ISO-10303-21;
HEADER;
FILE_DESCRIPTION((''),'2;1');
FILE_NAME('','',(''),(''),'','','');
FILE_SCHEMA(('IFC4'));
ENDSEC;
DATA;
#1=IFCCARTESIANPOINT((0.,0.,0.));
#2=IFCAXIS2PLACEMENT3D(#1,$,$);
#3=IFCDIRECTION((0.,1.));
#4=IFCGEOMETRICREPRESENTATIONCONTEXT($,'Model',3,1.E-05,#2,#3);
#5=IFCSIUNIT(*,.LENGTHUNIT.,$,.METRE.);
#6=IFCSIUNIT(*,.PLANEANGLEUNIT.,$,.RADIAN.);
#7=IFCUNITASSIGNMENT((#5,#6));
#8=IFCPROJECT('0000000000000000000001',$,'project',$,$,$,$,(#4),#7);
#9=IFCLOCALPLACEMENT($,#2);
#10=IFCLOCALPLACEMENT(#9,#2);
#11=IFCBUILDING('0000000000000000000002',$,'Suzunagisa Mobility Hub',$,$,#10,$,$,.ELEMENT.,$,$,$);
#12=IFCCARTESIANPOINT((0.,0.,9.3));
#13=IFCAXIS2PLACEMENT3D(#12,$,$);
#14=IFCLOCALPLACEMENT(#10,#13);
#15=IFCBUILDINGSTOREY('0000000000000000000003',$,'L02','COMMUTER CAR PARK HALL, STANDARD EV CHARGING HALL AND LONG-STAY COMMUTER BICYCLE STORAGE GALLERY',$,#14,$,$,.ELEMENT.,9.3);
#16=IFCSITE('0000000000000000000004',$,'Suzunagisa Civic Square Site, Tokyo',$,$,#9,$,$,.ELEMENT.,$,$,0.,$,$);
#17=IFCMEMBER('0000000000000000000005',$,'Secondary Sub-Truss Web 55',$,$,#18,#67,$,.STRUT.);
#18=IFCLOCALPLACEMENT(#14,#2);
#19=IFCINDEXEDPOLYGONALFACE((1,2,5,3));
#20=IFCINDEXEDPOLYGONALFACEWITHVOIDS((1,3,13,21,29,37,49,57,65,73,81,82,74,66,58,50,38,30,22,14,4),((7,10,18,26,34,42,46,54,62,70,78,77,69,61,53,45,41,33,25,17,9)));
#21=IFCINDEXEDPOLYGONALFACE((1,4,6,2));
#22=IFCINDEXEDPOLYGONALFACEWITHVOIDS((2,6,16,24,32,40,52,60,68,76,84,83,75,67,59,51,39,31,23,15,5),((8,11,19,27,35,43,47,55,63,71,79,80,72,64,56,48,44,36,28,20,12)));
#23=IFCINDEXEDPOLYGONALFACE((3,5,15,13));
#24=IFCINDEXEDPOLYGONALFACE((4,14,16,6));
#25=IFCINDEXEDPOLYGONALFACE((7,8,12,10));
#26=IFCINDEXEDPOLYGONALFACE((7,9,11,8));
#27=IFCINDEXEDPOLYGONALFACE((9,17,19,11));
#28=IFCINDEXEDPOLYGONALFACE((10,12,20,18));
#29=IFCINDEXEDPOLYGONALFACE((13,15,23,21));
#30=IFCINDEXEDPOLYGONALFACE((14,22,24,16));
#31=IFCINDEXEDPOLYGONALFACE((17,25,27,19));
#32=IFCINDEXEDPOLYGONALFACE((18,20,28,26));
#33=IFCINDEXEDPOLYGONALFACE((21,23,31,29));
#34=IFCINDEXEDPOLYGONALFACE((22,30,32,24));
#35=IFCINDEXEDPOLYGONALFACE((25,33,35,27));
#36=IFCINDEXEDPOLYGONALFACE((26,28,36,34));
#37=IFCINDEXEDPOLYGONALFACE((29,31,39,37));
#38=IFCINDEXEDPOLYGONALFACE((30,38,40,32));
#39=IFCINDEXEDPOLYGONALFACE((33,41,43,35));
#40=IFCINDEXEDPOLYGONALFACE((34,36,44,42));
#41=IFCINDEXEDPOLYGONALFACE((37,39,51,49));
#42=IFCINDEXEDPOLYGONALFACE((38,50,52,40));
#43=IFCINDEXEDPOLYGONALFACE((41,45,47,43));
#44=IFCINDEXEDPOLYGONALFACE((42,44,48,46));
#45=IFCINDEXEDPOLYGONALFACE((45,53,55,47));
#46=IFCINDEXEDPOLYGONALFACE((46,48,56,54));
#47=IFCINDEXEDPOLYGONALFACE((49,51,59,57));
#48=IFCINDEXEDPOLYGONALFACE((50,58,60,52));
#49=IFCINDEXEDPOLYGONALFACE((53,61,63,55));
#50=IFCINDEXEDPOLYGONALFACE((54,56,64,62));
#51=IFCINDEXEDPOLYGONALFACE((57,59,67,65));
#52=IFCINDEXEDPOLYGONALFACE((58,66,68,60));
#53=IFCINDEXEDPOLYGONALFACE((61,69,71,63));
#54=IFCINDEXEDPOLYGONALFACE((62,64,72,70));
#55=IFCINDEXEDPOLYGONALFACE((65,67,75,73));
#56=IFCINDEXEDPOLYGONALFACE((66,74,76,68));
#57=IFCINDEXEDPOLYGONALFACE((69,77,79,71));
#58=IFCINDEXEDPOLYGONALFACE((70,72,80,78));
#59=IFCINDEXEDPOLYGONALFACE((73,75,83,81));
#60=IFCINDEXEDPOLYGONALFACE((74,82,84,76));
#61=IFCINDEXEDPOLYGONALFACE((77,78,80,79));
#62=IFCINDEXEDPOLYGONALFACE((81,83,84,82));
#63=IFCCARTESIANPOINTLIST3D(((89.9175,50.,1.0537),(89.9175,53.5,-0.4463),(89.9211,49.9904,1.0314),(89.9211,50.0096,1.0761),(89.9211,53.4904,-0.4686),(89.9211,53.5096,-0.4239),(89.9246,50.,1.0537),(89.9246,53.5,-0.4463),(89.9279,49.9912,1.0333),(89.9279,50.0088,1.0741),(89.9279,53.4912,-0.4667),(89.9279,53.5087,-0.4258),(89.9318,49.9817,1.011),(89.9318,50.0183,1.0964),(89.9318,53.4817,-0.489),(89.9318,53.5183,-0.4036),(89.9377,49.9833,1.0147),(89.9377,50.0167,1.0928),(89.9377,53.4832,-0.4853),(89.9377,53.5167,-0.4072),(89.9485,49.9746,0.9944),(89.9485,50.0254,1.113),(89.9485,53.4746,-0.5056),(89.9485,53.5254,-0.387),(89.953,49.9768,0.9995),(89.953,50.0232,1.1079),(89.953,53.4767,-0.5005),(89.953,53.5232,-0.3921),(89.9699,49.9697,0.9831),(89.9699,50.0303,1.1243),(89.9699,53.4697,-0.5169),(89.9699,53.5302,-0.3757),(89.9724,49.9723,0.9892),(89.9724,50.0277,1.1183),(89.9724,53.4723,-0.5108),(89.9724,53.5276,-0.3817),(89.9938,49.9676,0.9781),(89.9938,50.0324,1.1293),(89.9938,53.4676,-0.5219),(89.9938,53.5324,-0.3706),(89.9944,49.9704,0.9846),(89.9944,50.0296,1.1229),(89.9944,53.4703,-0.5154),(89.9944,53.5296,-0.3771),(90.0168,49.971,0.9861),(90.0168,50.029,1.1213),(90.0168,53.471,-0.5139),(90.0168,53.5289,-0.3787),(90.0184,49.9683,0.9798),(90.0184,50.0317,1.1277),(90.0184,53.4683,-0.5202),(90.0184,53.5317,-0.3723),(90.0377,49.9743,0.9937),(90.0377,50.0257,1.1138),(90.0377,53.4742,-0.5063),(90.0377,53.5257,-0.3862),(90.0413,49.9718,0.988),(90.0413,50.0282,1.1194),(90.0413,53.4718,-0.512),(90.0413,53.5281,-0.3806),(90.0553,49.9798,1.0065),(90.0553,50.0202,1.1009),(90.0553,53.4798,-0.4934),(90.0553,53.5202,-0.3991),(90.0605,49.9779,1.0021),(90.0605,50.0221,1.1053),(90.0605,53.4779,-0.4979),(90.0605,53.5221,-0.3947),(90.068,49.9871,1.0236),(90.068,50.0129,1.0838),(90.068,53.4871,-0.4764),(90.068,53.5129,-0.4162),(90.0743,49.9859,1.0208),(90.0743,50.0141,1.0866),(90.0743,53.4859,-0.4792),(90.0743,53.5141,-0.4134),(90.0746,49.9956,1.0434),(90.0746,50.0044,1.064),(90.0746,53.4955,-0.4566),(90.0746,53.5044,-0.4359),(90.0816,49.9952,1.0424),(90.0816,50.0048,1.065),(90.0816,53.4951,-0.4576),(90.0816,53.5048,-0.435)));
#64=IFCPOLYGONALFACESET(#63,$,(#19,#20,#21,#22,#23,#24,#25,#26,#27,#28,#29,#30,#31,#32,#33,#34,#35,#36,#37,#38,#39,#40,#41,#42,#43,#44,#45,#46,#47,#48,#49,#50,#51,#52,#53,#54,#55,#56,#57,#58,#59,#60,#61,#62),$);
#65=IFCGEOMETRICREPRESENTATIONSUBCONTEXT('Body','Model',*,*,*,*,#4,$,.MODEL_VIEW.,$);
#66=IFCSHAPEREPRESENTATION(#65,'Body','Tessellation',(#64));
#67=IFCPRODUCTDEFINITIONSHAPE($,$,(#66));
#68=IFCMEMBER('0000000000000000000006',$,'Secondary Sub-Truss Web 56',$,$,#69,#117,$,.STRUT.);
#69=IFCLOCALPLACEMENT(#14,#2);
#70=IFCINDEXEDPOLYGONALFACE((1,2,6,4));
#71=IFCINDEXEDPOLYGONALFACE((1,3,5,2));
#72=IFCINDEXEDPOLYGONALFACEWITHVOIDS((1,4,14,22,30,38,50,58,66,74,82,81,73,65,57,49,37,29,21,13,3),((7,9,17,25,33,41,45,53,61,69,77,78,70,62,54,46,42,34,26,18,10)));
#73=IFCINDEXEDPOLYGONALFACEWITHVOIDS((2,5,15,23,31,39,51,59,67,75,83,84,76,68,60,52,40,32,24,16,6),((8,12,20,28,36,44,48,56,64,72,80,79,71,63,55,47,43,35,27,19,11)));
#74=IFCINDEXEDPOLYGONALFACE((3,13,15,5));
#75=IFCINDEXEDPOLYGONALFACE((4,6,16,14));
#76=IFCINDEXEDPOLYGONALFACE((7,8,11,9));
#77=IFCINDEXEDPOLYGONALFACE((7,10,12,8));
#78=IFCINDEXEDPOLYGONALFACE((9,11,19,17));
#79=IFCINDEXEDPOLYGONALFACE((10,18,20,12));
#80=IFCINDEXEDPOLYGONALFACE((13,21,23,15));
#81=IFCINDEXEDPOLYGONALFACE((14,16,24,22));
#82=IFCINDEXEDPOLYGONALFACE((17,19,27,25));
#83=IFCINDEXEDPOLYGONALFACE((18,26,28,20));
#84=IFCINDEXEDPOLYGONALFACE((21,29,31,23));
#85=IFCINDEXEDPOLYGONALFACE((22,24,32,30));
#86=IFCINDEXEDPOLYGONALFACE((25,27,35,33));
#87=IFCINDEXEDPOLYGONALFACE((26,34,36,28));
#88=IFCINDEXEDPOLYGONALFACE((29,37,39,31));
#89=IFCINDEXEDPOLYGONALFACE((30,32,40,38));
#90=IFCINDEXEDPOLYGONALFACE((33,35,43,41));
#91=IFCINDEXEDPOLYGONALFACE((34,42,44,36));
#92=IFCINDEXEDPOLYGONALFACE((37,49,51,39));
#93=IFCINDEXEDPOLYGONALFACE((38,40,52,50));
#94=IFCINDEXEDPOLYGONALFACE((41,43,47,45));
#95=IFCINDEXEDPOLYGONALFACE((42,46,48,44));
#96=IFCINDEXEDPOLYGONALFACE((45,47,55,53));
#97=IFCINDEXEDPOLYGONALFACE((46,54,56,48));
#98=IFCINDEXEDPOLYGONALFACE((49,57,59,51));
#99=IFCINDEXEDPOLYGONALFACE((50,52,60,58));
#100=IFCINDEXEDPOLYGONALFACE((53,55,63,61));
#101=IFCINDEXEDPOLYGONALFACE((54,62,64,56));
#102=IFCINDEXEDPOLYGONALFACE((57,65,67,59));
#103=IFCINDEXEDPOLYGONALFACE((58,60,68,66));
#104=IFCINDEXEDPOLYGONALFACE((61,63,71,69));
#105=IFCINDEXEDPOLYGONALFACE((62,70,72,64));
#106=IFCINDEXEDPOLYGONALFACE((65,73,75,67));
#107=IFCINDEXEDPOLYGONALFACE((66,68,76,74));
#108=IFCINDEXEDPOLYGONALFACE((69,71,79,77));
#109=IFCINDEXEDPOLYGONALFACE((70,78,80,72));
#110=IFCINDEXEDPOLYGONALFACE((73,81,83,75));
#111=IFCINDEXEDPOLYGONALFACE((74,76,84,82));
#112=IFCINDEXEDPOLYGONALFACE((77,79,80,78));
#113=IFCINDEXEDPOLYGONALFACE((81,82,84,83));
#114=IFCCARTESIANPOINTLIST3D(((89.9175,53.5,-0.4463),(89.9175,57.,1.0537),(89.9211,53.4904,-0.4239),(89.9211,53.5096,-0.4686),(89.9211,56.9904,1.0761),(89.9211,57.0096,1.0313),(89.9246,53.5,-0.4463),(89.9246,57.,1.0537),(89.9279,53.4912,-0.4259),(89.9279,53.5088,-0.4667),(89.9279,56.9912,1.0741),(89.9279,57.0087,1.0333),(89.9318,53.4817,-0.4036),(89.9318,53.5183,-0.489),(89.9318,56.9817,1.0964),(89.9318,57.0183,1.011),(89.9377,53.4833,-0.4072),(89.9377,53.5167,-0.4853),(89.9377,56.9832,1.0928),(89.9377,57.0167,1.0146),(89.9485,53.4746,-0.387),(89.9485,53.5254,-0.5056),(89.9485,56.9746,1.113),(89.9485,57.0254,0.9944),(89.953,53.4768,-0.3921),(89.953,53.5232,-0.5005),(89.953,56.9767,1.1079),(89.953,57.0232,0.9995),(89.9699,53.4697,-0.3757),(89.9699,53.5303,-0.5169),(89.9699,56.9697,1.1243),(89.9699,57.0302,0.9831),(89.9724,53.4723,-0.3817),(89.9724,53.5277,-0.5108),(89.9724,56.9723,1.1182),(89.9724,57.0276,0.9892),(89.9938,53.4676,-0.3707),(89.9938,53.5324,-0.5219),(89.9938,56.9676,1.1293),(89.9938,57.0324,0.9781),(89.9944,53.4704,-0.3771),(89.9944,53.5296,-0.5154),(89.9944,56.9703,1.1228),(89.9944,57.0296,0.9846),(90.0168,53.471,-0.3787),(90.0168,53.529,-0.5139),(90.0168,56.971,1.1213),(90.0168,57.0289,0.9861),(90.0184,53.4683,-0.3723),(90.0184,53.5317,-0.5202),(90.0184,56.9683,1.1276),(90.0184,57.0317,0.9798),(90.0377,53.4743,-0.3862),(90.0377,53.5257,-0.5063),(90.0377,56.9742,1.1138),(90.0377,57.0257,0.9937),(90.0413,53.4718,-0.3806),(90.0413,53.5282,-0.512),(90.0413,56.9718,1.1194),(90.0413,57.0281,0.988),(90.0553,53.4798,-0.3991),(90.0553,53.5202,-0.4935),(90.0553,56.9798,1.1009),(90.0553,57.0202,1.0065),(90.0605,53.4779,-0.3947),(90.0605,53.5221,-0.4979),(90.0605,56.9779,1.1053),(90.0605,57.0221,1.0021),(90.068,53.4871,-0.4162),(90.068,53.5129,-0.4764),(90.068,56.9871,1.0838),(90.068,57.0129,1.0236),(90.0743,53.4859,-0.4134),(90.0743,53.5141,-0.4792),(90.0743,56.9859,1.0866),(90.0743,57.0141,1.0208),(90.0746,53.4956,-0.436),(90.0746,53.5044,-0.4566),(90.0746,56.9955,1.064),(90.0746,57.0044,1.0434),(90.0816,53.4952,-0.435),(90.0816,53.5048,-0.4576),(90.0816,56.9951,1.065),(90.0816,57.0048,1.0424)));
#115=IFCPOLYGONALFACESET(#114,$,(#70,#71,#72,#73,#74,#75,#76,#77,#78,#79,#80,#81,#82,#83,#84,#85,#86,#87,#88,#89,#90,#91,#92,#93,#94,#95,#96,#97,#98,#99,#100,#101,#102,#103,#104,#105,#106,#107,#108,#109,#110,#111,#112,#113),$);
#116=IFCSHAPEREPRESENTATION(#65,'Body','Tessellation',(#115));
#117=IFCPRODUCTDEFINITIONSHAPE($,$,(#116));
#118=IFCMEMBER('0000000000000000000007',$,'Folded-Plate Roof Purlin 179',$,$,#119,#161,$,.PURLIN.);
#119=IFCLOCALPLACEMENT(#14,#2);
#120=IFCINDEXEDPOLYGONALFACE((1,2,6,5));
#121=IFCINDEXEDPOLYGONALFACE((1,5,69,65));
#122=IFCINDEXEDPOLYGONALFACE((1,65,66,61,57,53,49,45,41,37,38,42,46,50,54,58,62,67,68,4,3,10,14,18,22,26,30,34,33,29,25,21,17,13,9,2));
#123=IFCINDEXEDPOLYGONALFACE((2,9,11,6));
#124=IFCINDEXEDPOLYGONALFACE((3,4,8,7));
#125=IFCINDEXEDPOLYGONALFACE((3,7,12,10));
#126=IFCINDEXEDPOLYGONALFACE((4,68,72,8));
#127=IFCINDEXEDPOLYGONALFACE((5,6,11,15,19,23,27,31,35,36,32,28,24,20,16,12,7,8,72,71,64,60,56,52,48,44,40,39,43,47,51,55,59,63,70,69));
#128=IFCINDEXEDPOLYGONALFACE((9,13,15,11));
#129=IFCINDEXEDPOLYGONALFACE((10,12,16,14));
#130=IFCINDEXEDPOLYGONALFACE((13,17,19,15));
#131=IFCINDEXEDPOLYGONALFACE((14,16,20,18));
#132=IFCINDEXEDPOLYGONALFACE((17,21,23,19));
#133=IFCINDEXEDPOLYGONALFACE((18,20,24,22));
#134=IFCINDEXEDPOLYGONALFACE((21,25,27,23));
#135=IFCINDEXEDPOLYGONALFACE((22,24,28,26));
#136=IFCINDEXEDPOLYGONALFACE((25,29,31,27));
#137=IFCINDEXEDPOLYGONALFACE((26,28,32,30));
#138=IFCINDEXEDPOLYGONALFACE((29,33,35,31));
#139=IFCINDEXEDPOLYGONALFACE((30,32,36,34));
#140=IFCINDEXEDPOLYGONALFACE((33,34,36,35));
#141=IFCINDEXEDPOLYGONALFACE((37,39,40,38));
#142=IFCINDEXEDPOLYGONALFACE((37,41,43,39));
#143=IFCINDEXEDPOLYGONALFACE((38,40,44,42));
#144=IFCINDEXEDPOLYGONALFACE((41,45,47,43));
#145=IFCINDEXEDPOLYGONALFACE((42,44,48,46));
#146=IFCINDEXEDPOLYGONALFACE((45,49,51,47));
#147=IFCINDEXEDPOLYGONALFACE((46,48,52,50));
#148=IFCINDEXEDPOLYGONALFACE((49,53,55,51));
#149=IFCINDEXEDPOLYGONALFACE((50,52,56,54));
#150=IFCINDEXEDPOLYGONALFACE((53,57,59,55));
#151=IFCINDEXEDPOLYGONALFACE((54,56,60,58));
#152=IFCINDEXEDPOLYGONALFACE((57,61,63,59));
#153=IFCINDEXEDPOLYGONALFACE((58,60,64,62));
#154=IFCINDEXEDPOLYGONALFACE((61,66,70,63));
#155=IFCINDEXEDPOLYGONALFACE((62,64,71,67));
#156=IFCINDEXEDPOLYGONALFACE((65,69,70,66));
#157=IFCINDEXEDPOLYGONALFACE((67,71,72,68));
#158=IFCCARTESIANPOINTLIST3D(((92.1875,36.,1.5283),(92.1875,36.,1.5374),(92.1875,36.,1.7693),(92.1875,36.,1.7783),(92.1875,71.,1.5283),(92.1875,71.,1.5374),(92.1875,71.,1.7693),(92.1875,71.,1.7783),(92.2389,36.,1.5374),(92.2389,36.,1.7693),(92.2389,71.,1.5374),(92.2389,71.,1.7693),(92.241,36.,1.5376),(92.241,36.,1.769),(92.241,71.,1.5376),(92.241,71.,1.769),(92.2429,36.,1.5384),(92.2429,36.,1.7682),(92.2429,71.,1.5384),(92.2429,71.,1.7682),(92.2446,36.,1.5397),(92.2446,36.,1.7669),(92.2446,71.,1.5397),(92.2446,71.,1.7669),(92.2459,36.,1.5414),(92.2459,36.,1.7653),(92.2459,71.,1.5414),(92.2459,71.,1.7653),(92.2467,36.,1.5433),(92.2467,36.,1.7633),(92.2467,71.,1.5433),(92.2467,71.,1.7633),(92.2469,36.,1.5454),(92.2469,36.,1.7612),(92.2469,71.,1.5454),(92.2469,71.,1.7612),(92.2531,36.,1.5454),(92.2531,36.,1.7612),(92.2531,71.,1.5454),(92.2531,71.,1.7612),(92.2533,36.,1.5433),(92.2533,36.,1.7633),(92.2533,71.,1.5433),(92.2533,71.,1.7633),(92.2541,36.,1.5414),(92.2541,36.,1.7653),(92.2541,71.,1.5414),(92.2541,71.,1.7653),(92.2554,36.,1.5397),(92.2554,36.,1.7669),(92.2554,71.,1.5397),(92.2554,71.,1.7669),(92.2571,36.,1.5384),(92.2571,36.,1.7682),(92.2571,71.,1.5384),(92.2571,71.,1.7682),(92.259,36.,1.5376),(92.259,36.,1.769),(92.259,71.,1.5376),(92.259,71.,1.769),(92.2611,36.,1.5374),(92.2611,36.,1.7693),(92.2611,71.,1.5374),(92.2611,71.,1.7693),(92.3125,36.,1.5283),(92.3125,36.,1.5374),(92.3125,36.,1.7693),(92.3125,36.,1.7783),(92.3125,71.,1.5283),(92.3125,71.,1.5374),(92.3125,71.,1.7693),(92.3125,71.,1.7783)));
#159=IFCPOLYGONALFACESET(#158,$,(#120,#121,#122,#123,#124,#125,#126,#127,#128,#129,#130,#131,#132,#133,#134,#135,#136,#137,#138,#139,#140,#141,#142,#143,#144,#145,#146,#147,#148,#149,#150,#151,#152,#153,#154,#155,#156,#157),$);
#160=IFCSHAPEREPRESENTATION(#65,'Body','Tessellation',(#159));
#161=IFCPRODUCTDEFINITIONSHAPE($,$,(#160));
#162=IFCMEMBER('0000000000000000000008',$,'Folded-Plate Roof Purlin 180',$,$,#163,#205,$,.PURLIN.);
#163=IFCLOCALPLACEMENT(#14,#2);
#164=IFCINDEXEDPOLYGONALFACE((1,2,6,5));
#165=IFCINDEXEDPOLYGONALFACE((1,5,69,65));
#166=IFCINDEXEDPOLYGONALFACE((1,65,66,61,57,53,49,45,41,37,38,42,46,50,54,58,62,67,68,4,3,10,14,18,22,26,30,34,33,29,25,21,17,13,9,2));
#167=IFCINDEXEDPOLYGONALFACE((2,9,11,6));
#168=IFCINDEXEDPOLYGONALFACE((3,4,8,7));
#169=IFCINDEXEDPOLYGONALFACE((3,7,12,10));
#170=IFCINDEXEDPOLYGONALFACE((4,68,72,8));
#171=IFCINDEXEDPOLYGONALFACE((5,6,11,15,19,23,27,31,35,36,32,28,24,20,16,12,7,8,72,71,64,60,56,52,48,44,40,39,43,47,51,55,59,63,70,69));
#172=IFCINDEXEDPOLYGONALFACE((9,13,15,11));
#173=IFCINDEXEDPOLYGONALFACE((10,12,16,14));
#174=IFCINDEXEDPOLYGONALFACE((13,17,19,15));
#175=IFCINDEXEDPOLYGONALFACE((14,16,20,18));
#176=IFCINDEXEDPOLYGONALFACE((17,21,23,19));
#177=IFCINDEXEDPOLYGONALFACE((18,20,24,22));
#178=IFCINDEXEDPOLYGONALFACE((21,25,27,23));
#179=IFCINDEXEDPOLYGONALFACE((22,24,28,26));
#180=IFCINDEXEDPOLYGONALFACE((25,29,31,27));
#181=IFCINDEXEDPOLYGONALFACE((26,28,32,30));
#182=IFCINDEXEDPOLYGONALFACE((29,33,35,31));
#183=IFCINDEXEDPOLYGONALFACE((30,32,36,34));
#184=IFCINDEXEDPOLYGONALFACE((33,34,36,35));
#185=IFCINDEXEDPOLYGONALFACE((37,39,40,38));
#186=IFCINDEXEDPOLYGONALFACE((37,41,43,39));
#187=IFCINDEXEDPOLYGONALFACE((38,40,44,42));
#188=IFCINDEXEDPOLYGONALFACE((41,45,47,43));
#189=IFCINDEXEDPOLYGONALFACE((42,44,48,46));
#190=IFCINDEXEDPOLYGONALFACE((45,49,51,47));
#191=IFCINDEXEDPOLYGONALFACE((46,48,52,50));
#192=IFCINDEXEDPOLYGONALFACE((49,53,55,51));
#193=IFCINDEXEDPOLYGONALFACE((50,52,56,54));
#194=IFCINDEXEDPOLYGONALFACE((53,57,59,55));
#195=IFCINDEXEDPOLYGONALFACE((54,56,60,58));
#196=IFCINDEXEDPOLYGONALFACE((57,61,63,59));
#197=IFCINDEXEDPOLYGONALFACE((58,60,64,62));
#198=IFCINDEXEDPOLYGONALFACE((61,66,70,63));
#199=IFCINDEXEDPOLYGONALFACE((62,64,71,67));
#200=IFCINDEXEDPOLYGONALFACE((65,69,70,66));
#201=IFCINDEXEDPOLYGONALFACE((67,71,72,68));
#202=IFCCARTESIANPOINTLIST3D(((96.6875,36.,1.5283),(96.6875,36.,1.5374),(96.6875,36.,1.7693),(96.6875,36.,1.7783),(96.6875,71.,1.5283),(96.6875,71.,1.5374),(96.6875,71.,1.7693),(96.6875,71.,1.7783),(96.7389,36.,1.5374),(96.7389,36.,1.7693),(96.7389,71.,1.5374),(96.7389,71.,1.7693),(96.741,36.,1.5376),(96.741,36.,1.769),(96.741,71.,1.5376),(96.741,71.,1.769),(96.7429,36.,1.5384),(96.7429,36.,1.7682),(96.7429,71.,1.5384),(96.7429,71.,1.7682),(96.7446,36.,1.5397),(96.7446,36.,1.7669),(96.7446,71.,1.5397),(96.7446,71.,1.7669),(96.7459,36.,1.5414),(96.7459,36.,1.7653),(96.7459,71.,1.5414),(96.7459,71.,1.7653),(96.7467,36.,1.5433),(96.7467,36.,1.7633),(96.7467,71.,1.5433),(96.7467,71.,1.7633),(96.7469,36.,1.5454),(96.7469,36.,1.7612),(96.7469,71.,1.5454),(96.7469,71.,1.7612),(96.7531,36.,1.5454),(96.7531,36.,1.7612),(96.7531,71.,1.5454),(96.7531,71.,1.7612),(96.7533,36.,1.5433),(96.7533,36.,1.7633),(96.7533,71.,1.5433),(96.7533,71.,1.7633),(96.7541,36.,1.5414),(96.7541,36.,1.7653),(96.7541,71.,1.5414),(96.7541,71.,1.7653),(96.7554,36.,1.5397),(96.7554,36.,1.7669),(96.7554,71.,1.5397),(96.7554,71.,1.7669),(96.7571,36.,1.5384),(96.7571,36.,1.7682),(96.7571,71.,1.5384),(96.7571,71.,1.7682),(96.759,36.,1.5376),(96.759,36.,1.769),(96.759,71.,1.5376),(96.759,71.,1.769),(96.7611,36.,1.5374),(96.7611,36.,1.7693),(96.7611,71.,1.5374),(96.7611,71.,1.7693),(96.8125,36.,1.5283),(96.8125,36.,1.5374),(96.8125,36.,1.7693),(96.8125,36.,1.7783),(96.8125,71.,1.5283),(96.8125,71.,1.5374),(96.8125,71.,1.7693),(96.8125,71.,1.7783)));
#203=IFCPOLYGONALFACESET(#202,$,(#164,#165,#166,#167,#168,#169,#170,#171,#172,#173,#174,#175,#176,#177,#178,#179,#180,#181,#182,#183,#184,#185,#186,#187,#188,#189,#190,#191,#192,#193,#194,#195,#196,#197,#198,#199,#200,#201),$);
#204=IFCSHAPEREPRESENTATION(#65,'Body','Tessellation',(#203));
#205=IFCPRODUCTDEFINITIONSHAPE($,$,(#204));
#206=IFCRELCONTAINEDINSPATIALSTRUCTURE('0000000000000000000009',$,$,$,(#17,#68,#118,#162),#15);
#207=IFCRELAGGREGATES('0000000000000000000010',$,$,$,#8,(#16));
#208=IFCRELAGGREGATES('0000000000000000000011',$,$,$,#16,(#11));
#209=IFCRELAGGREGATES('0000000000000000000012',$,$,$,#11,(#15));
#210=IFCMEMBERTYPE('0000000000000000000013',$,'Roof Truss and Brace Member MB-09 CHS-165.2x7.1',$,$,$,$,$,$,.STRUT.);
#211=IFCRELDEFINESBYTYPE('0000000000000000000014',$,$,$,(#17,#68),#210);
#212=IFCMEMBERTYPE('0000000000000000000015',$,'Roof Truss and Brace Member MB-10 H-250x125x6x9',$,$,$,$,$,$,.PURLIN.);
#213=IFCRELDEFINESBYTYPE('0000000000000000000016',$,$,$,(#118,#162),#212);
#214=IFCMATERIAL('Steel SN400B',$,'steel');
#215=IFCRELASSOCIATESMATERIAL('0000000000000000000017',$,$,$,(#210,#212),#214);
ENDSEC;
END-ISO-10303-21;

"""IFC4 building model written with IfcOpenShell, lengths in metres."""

from ifc_helpers import new_model, si_unit, direction, frame, origin, origin_2d, place, context, subcontext, project, spatial, hollow_circle, i_section, extrude, material, material_profile, profile_set, type_object, element, save


model = new_model("IFC4")

# Units and contexts
model_context = context("Model", 3, precision=1e-05, world=origin(), true_north=direction((0.0, 1.0)))
body_context = subcontext(model_context, "Body", "Model", "MODEL_VIEW")
ifc_project = project(units=[si_unit("LENGTHUNIT", "METRE"), si_unit("PLANEANGLEUNIT", "RADIAN")], contexts=[model_context])

# Site, building, storey
site_placement = place(None, origin())
site = spatial("IfcSite", under=ifc_project, at=site_placement, Name="Suzunagisa Civic Square Site, Tokyo", CompositionType="ELEMENT", RefElevation=0.0)
building_placement = place(site_placement, origin())
building = spatial("IfcBuilding", under=site, at=building_placement, Name="Suzunagisa Mobility Hub", CompositionType="ELEMENT")
storey_placement = place(building_placement, frame((0.0, 0.0, 9.3)))
storey = spatial("IfcBuildingStorey", under=building, at=storey_placement, Name="L02", Description="COMMUTER CAR PARK HALL, STANDARD EV CHARGING HALL AND LONG-STAY COMMUTER BICYCLE STORAGE GALLERY", CompositionType="ELEMENT", Elevation=9.3)

# Members
ifc_material_1 = material(Name="Steel SN400B", Category="steel")
ifc_material_profile_1 = material_profile(ifc_material_1, hollow_circle(Radius=0.0825, WallThickness=0.0071, at=origin_2d()), Name="CHS-165.2x7.1")
ifc_profile_set_1 = profile_set([ifc_material_profile_1], Name="Steel SN400B")
member_type_1 = type_object("IfcMemberType", Name="Roof Truss and Brace Member MB-09 CHS-165.2x7.1", PredefinedType="STRUT", material=ifc_profile_set_1)
for number, where, z_axis, x_axis, name in (
    (1, (90.0, 50.0, 1.0537), (0.0, 0.919145, -0.393919), (-1.0, 0.0, 0.0), "Secondary Sub-Truss Web 55"),
    (2, (90.0, 53.5, -0.4463), (0.0, 0.919145, 0.393919), (-1.0, 0.0, 0.0), "Secondary Sub-Truss Web 56"),
):
    element("IfcMember", number, at=place(storey_placement, frame(where, z_axis=z_axis, x_axis=x_axis)), inside=storey, type_object=member_type_1, Name=name, PredefinedType="STRUT", context=body_context, shape_type="SweptSolid", body=[
        extrude(hollow_circle(Radius=0.0825, WallThickness=0.0071, at=origin_2d()), origin(), (0.0, 0.0, 1.0), 3.8079),
    ])
ifc_material_profile_2 = material_profile(ifc_material_1, i_section(OverallWidth=0.125, OverallDepth=0.25, WebThickness=0.0061, FlangeThickness=0.009, FilletRadius=0.0081, at=origin_2d()), Name="H-250x125x6x9")
ifc_profile_set_2 = profile_set([ifc_material_profile_2], Name="Steel SN400B")
member_type_2 = type_object("IfcMemberType", Name="Roof Truss and Brace Member MB-10 H-250x125x6x9", PredefinedType="PURLIN", material=ifc_profile_set_2)
for number, where, z_axis, x_axis, name in (
    (3, (92.25, 36.0, 1.6533), (0.0, 1.0, 0.0), (-1.0, 0.0, 0.0), "Folded-Plate Roof Purlin 179"),
    (4, (96.75, 36.0, 1.6533), (0.0, 1.0, 0.0), (-1.0, 0.0, 0.0), "Folded-Plate Roof Purlin 180"),
):
    element("IfcMember", number, at=place(storey_placement, frame(where, z_axis=z_axis, x_axis=x_axis)), inside=storey, type_object=member_type_2, Name=name, PredefinedType="PURLIN", context=body_context, shape_type="SweptSolid", body=[
        extrude(i_section(OverallWidth=0.125, OverallDepth=0.25, WebThickness=0.0061, FlangeThickness=0.009, FilletRadius=0.0081, at=origin_2d()), origin(), (0.0, 0.0, 1.0), 35.0),
    ])

save(model, "model.ifc")
